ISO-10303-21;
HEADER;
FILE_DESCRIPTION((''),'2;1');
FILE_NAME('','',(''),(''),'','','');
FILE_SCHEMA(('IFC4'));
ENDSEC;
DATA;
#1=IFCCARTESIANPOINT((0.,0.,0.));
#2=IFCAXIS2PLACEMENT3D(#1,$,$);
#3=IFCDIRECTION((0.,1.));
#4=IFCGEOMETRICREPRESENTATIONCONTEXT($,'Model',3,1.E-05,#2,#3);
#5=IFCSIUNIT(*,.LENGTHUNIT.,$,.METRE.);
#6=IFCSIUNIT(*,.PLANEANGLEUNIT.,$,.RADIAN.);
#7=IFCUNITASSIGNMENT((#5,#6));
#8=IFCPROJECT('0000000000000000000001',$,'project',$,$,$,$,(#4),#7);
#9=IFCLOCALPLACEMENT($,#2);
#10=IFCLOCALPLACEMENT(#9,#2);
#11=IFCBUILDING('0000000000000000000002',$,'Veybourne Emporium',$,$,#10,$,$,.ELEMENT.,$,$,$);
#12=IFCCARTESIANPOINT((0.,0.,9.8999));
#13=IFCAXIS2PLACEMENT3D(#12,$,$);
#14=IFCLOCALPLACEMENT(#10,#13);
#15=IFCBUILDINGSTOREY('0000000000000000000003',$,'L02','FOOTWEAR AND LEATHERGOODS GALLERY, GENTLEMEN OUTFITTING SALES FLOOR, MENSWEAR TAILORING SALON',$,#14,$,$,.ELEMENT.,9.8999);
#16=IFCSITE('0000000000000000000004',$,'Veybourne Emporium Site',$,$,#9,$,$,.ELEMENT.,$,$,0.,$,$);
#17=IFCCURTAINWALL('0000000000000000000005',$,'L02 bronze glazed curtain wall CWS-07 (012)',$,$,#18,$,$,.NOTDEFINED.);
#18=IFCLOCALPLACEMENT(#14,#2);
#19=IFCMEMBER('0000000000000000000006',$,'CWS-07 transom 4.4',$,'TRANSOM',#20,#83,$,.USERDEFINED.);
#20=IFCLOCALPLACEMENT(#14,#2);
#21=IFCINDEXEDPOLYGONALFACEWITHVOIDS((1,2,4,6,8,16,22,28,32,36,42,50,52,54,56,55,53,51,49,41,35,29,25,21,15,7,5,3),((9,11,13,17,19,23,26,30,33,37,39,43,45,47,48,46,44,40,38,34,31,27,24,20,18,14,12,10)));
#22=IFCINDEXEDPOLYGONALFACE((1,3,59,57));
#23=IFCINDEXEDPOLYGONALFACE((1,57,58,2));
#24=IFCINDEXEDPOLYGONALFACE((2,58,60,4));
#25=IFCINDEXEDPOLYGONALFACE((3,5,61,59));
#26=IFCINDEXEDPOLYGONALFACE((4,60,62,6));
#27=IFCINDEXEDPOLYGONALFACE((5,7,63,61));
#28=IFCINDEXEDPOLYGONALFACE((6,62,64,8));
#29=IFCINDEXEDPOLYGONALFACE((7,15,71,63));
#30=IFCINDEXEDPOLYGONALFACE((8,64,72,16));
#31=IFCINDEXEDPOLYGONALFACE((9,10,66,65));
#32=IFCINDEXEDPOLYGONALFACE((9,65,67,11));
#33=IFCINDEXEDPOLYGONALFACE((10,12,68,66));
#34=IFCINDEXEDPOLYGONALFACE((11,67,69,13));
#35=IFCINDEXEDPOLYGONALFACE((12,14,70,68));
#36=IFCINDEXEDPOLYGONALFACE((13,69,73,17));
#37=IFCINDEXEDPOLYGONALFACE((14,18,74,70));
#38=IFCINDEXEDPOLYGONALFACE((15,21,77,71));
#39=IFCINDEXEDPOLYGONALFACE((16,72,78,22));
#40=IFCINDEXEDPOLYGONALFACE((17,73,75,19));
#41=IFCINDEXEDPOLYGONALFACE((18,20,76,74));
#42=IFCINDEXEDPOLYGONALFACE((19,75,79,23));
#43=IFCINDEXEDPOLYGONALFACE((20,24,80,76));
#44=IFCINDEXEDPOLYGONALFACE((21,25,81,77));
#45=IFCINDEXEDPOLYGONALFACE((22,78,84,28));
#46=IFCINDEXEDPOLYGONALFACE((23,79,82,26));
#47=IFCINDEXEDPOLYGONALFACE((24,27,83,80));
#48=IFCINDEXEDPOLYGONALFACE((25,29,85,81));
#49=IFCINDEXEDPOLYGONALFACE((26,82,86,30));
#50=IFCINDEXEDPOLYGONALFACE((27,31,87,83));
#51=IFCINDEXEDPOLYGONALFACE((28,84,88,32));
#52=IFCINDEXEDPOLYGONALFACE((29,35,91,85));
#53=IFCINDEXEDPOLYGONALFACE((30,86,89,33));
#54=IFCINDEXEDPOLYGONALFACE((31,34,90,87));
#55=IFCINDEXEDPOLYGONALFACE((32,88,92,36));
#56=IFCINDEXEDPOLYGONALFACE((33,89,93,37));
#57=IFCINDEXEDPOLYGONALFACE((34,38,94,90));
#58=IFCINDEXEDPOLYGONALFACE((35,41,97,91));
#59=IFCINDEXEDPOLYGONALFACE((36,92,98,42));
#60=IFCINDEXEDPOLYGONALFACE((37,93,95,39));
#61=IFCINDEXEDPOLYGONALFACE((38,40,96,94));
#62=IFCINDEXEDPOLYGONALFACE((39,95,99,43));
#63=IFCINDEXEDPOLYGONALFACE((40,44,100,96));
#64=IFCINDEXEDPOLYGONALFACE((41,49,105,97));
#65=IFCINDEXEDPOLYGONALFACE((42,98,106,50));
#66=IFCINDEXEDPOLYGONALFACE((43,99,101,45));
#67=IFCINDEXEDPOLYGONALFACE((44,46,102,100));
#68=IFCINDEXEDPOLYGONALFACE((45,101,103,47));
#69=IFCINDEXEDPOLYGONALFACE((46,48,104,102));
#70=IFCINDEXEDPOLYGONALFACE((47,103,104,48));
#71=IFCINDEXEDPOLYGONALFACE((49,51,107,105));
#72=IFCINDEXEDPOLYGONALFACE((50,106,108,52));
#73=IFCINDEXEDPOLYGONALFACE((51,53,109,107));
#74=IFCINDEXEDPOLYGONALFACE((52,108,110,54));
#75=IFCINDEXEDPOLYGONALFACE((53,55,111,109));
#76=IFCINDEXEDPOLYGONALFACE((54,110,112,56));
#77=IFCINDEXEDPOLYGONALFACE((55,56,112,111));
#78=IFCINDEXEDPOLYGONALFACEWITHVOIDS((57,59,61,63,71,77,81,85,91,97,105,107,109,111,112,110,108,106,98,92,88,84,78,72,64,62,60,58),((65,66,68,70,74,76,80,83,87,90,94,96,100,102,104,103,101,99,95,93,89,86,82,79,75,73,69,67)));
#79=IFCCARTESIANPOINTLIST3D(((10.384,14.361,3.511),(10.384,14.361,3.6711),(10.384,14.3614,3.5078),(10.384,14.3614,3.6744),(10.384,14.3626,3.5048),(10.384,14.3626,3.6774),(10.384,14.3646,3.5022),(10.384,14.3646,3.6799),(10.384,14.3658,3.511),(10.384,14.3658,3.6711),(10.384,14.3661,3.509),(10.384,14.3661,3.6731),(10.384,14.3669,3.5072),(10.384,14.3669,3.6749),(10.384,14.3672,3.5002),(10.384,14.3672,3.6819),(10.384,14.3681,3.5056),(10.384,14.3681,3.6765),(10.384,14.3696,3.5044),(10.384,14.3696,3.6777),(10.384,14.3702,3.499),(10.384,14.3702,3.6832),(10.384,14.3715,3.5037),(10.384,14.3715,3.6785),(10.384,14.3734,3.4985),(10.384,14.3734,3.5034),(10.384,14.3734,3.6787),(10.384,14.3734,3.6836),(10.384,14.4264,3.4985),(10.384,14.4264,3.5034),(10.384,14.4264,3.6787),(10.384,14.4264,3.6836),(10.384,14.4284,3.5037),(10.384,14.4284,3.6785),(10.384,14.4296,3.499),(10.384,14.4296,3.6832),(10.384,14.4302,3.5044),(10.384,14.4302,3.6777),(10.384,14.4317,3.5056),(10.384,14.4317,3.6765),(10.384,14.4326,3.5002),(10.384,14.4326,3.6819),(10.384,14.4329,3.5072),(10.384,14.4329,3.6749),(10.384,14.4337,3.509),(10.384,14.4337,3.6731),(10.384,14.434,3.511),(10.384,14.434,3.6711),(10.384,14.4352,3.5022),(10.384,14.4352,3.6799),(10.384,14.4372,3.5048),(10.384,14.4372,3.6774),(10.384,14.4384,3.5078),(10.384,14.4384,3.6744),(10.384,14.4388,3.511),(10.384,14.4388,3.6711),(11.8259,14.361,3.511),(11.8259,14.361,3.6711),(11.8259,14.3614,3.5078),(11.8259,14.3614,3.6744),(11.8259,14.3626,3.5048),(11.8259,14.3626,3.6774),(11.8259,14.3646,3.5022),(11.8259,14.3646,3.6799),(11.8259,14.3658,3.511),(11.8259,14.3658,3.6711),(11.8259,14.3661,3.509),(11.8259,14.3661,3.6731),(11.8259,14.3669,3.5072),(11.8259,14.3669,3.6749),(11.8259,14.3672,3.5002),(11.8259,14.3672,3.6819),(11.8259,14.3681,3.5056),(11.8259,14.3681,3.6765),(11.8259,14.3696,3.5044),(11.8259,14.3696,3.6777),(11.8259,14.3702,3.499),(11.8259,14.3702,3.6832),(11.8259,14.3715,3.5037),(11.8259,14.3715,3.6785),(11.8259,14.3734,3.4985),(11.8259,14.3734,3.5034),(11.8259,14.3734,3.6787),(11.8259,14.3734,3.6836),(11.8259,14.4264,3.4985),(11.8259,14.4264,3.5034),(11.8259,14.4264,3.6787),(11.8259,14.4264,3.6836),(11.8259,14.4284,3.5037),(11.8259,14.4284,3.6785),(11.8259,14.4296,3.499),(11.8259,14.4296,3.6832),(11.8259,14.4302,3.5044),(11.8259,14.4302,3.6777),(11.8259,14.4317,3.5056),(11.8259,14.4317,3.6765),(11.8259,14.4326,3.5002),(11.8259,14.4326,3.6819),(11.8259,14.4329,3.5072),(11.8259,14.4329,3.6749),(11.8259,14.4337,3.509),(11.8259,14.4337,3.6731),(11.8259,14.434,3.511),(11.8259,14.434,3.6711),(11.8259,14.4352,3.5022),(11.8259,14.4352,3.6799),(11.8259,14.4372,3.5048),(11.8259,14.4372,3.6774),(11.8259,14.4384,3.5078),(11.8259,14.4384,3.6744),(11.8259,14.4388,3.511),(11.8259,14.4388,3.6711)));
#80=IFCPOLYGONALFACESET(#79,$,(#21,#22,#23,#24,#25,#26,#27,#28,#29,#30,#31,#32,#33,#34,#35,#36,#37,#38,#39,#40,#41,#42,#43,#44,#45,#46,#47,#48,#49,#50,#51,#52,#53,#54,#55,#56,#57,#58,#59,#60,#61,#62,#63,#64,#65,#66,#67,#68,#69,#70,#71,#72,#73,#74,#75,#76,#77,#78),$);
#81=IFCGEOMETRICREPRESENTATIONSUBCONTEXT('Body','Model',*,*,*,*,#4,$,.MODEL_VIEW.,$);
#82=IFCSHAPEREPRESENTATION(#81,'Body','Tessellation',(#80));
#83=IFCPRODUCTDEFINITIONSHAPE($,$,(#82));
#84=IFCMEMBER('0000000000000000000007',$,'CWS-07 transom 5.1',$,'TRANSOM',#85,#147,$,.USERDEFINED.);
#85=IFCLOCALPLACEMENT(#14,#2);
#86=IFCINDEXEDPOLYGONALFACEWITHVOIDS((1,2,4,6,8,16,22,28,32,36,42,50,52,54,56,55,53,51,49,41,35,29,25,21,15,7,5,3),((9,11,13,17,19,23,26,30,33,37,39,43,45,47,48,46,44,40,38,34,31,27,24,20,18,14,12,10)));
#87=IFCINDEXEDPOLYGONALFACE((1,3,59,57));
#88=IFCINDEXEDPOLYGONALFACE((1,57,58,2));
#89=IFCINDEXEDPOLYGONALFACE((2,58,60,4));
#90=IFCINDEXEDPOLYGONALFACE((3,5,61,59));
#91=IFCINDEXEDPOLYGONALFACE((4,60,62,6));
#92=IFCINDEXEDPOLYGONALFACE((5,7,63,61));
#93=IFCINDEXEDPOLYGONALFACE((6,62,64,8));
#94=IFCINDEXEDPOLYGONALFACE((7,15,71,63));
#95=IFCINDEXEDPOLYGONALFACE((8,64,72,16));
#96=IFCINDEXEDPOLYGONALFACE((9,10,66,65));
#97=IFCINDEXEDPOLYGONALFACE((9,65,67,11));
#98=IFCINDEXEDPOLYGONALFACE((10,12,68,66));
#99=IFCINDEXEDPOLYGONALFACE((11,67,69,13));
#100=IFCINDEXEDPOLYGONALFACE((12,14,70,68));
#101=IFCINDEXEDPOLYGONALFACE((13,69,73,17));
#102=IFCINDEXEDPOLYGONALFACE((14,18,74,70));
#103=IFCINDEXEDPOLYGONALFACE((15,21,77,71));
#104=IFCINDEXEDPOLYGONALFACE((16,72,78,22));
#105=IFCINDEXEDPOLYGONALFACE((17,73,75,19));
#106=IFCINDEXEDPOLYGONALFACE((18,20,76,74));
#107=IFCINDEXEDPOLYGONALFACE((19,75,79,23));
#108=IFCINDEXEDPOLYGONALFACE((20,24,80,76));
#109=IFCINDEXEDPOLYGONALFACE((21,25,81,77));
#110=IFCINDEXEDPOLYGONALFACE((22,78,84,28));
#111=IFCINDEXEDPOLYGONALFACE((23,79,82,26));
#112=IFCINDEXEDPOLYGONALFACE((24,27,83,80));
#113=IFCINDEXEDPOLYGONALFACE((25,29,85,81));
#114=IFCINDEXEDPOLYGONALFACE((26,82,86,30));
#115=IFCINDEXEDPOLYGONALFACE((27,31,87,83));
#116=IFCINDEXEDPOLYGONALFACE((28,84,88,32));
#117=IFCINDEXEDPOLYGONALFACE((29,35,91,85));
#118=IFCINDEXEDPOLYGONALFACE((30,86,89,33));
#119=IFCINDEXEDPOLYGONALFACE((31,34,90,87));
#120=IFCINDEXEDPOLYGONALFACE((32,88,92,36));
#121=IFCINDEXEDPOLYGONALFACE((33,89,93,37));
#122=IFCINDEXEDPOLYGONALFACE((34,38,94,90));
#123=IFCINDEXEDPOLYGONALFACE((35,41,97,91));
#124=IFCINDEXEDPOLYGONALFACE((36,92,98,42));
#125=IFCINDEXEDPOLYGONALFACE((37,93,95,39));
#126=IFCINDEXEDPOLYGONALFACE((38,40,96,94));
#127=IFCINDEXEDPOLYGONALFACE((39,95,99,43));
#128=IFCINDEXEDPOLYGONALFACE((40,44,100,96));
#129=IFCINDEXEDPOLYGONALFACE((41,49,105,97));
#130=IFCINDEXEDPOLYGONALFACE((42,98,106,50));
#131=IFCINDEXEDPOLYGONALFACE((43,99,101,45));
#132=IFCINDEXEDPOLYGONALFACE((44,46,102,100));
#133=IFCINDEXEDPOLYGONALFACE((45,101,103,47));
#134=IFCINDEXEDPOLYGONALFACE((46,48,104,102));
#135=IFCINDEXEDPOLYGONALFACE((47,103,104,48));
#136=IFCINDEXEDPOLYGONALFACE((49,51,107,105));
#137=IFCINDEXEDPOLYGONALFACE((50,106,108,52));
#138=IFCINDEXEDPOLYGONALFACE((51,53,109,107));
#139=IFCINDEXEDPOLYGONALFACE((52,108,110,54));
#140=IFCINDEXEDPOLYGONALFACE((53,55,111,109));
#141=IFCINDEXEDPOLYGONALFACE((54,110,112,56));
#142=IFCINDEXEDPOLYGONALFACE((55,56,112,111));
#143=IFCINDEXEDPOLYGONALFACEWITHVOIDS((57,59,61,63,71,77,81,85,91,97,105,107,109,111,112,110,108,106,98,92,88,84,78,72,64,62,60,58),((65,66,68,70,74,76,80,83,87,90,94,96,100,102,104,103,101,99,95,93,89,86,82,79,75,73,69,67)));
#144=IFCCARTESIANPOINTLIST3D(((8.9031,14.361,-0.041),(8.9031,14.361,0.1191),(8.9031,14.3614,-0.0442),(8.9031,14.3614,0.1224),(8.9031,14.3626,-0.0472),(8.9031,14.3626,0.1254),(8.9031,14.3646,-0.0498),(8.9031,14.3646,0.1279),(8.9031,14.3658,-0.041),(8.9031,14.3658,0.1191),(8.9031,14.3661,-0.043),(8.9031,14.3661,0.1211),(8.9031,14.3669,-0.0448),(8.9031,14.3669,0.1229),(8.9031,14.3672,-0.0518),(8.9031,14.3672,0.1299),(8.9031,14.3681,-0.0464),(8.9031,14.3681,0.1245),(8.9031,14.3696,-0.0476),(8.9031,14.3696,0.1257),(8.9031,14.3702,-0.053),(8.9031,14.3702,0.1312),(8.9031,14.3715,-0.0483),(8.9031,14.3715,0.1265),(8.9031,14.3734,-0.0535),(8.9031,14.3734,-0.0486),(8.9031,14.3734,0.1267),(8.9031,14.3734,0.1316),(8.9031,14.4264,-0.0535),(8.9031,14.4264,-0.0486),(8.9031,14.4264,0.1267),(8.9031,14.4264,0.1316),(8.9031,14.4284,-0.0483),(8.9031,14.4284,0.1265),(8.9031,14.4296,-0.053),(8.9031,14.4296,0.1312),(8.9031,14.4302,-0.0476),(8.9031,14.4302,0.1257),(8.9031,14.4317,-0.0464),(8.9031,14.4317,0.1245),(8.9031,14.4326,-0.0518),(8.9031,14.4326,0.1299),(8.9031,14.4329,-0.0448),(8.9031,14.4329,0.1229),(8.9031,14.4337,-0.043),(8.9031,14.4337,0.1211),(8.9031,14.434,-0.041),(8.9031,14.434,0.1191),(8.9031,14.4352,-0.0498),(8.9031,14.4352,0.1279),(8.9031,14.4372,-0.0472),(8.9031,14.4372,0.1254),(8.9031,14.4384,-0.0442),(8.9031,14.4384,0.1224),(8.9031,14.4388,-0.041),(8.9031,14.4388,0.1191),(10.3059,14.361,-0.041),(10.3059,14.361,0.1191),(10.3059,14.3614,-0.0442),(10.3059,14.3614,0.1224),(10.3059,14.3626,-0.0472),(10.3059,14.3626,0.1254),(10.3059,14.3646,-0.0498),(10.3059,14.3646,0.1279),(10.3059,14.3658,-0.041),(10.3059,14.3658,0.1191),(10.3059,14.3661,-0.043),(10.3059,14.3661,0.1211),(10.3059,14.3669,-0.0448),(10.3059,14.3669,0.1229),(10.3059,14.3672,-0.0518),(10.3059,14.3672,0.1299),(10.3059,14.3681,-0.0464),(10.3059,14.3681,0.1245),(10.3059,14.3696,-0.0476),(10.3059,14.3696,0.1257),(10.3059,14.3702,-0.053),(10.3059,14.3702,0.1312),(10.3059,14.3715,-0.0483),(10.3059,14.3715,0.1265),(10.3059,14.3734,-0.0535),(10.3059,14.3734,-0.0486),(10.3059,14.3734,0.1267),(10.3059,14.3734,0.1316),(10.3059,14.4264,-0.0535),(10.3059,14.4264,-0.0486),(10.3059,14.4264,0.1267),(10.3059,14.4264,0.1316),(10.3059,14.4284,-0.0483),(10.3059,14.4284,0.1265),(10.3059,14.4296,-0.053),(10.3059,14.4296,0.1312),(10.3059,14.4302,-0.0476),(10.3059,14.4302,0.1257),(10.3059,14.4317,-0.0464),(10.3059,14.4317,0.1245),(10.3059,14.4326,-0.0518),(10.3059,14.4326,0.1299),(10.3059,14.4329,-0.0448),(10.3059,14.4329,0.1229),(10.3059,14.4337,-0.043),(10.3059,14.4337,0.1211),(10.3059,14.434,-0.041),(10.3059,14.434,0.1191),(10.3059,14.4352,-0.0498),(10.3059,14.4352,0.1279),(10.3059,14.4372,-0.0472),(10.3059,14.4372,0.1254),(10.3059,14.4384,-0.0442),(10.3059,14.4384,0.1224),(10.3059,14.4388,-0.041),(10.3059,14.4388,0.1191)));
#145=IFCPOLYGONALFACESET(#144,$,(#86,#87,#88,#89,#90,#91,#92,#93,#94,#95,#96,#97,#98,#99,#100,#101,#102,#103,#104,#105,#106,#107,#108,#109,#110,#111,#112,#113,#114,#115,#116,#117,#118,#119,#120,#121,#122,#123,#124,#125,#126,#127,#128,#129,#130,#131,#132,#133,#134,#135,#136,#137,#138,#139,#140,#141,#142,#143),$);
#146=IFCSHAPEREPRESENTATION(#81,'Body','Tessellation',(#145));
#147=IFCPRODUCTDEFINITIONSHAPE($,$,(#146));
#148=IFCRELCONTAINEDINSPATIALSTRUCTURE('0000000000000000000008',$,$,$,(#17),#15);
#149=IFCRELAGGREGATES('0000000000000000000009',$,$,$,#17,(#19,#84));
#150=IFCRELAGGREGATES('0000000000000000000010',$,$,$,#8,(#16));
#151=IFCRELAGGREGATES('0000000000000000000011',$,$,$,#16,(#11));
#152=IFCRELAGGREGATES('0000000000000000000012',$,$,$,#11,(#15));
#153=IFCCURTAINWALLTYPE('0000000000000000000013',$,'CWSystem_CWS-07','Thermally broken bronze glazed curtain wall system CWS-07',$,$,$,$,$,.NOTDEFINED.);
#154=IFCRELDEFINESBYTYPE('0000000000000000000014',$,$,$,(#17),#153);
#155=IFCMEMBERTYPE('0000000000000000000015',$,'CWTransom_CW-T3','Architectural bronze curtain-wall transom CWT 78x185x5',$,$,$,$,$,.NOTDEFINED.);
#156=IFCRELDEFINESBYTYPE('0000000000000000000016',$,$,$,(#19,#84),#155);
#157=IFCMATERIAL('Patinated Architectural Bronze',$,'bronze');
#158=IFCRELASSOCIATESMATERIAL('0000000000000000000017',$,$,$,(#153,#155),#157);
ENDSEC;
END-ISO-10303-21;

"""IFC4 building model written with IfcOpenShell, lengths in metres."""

from ifc_helpers import new_model, si_unit, direction, frame, origin, origin_2d, place, context, subcontext, project, spatial, hollow_rectangle, extrude, material, material_profile, profile_set, type_object, element, aggregate, save


model = new_model("IFC4")

# Units and contexts
model_context = context("Model", 3, precision=1e-05, world=origin(), true_north=direction((0.0, 1.0)))
body_context = subcontext(model_context, "Body", "Model", "MODEL_VIEW")
ifc_project = project(units=[si_unit("LENGTHUNIT", "METRE"), si_unit("PLANEANGLEUNIT", "RADIAN")], contexts=[model_context])

# Site, building, storey
site_placement = place(None, origin())
site = spatial("IfcSite", under=ifc_project, at=site_placement, Name="Veybourne Emporium Site", CompositionType="ELEMENT", RefElevation=0.0)
building_placement = place(site_placement, origin())
building = spatial("IfcBuilding", under=site, at=building_placement, Name="Veybourne Emporium", CompositionType="ELEMENT")
storey_placement = place(building_placement, frame((0.0, 0.0, 9.8999)))
storey = spatial("IfcBuildingStorey", under=building, at=storey_placement, Name="L02", Description="FOOTWEAR AND LEATHERGOODS GALLERY, GENTLEMEN OUTFITTING SALES FLOOR, MENSWEAR TAILORING SALON", CompositionType="ELEMENT", Elevation=9.8999)

# Curtain wall, members
ifc_material_1 = material(Name="Patinated Architectural Bronze", Category="bronze")
curtain_wall_type = type_object("IfcCurtainWallType", Name="CWSystem_CWS-07", Description="Thermally broken bronze glazed curtain wall system CWS-07", PredefinedType="NOTDEFINED", material=ifc_material_1)
curtain_wall_placement = place(storey_placement, origin())
curtain_wall = element("IfcCurtainWall", 1, at=curtain_wall_placement, inside=storey, type_object=curtain_wall_type, Name="L02 bronze glazed curtain wall CWS-07 (012)", PredefinedType="NOTDEFINED")
ifc_material_profile_1 = material_profile(ifc_material_1, hollow_rectangle(XDim=0.0779, YDim=0.1851, WallThickness=0.0049, InnerFilletRadius=0.0076, OuterFilletRadius=0.0125, at=origin_2d()), Name="CWT 78x185x5")
ifc_profile_set_1 = profile_set([ifc_material_profile_1], Name="Patinated Architectural Bronze")
member_type_1 = type_object("IfcMemberType", Name="CWTransom_CW-T3", Description="Architectural bronze curtain-wall transom CWT 78x185x5", PredefinedType="NOTDEFINED", material=ifc_profile_set_1)
member_1_placement = place(storey_placement, frame((11.8259, 14.3999, 3.5911), z_axis=(-1.0, 0.0, 0.0), x_axis=(0.0, -1.0, 0.0)))
member_1 = element("IfcMember", 2, at=member_1_placement, type_object=member_type_1, Name="CWS-07 transom 4.4", ObjectType="TRANSOM", PredefinedType="USERDEFINED", context=body_context, shape_type="SweptSolid", body=[
    extrude(hollow_rectangle(XDim=0.0779, YDim=0.1851, WallThickness=0.0049, InnerFilletRadius=0.0076, OuterFilletRadius=0.0125, at=origin_2d()), origin(), (0.0, 0.0, 1.0), 1.4419),
])
member_2_placement = place(storey_placement, frame((10.3059, 14.3999, 0.0391), z_axis=(-1.0, 0.0, 0.0), x_axis=(0.0, -1.0, 0.0)))
member_2 = element("IfcMember", 3, at=member_2_placement, type_object=member_type_1, Name="CWS-07 transom 5.1", ObjectType="TRANSOM", PredefinedType="USERDEFINED", context=body_context, shape_type="SweptSolid", body=[
    extrude(hollow_rectangle(XDim=0.0779, YDim=0.1851, WallThickness=0.0049, InnerFilletRadius=0.0076, OuterFilletRadius=0.0125, at=origin_2d()), origin(), (0.0, 0.0, 1.0), 1.4028),
])

aggregate(curtain_wall, [member_1, member_2])

save(model, "model.ifc")
